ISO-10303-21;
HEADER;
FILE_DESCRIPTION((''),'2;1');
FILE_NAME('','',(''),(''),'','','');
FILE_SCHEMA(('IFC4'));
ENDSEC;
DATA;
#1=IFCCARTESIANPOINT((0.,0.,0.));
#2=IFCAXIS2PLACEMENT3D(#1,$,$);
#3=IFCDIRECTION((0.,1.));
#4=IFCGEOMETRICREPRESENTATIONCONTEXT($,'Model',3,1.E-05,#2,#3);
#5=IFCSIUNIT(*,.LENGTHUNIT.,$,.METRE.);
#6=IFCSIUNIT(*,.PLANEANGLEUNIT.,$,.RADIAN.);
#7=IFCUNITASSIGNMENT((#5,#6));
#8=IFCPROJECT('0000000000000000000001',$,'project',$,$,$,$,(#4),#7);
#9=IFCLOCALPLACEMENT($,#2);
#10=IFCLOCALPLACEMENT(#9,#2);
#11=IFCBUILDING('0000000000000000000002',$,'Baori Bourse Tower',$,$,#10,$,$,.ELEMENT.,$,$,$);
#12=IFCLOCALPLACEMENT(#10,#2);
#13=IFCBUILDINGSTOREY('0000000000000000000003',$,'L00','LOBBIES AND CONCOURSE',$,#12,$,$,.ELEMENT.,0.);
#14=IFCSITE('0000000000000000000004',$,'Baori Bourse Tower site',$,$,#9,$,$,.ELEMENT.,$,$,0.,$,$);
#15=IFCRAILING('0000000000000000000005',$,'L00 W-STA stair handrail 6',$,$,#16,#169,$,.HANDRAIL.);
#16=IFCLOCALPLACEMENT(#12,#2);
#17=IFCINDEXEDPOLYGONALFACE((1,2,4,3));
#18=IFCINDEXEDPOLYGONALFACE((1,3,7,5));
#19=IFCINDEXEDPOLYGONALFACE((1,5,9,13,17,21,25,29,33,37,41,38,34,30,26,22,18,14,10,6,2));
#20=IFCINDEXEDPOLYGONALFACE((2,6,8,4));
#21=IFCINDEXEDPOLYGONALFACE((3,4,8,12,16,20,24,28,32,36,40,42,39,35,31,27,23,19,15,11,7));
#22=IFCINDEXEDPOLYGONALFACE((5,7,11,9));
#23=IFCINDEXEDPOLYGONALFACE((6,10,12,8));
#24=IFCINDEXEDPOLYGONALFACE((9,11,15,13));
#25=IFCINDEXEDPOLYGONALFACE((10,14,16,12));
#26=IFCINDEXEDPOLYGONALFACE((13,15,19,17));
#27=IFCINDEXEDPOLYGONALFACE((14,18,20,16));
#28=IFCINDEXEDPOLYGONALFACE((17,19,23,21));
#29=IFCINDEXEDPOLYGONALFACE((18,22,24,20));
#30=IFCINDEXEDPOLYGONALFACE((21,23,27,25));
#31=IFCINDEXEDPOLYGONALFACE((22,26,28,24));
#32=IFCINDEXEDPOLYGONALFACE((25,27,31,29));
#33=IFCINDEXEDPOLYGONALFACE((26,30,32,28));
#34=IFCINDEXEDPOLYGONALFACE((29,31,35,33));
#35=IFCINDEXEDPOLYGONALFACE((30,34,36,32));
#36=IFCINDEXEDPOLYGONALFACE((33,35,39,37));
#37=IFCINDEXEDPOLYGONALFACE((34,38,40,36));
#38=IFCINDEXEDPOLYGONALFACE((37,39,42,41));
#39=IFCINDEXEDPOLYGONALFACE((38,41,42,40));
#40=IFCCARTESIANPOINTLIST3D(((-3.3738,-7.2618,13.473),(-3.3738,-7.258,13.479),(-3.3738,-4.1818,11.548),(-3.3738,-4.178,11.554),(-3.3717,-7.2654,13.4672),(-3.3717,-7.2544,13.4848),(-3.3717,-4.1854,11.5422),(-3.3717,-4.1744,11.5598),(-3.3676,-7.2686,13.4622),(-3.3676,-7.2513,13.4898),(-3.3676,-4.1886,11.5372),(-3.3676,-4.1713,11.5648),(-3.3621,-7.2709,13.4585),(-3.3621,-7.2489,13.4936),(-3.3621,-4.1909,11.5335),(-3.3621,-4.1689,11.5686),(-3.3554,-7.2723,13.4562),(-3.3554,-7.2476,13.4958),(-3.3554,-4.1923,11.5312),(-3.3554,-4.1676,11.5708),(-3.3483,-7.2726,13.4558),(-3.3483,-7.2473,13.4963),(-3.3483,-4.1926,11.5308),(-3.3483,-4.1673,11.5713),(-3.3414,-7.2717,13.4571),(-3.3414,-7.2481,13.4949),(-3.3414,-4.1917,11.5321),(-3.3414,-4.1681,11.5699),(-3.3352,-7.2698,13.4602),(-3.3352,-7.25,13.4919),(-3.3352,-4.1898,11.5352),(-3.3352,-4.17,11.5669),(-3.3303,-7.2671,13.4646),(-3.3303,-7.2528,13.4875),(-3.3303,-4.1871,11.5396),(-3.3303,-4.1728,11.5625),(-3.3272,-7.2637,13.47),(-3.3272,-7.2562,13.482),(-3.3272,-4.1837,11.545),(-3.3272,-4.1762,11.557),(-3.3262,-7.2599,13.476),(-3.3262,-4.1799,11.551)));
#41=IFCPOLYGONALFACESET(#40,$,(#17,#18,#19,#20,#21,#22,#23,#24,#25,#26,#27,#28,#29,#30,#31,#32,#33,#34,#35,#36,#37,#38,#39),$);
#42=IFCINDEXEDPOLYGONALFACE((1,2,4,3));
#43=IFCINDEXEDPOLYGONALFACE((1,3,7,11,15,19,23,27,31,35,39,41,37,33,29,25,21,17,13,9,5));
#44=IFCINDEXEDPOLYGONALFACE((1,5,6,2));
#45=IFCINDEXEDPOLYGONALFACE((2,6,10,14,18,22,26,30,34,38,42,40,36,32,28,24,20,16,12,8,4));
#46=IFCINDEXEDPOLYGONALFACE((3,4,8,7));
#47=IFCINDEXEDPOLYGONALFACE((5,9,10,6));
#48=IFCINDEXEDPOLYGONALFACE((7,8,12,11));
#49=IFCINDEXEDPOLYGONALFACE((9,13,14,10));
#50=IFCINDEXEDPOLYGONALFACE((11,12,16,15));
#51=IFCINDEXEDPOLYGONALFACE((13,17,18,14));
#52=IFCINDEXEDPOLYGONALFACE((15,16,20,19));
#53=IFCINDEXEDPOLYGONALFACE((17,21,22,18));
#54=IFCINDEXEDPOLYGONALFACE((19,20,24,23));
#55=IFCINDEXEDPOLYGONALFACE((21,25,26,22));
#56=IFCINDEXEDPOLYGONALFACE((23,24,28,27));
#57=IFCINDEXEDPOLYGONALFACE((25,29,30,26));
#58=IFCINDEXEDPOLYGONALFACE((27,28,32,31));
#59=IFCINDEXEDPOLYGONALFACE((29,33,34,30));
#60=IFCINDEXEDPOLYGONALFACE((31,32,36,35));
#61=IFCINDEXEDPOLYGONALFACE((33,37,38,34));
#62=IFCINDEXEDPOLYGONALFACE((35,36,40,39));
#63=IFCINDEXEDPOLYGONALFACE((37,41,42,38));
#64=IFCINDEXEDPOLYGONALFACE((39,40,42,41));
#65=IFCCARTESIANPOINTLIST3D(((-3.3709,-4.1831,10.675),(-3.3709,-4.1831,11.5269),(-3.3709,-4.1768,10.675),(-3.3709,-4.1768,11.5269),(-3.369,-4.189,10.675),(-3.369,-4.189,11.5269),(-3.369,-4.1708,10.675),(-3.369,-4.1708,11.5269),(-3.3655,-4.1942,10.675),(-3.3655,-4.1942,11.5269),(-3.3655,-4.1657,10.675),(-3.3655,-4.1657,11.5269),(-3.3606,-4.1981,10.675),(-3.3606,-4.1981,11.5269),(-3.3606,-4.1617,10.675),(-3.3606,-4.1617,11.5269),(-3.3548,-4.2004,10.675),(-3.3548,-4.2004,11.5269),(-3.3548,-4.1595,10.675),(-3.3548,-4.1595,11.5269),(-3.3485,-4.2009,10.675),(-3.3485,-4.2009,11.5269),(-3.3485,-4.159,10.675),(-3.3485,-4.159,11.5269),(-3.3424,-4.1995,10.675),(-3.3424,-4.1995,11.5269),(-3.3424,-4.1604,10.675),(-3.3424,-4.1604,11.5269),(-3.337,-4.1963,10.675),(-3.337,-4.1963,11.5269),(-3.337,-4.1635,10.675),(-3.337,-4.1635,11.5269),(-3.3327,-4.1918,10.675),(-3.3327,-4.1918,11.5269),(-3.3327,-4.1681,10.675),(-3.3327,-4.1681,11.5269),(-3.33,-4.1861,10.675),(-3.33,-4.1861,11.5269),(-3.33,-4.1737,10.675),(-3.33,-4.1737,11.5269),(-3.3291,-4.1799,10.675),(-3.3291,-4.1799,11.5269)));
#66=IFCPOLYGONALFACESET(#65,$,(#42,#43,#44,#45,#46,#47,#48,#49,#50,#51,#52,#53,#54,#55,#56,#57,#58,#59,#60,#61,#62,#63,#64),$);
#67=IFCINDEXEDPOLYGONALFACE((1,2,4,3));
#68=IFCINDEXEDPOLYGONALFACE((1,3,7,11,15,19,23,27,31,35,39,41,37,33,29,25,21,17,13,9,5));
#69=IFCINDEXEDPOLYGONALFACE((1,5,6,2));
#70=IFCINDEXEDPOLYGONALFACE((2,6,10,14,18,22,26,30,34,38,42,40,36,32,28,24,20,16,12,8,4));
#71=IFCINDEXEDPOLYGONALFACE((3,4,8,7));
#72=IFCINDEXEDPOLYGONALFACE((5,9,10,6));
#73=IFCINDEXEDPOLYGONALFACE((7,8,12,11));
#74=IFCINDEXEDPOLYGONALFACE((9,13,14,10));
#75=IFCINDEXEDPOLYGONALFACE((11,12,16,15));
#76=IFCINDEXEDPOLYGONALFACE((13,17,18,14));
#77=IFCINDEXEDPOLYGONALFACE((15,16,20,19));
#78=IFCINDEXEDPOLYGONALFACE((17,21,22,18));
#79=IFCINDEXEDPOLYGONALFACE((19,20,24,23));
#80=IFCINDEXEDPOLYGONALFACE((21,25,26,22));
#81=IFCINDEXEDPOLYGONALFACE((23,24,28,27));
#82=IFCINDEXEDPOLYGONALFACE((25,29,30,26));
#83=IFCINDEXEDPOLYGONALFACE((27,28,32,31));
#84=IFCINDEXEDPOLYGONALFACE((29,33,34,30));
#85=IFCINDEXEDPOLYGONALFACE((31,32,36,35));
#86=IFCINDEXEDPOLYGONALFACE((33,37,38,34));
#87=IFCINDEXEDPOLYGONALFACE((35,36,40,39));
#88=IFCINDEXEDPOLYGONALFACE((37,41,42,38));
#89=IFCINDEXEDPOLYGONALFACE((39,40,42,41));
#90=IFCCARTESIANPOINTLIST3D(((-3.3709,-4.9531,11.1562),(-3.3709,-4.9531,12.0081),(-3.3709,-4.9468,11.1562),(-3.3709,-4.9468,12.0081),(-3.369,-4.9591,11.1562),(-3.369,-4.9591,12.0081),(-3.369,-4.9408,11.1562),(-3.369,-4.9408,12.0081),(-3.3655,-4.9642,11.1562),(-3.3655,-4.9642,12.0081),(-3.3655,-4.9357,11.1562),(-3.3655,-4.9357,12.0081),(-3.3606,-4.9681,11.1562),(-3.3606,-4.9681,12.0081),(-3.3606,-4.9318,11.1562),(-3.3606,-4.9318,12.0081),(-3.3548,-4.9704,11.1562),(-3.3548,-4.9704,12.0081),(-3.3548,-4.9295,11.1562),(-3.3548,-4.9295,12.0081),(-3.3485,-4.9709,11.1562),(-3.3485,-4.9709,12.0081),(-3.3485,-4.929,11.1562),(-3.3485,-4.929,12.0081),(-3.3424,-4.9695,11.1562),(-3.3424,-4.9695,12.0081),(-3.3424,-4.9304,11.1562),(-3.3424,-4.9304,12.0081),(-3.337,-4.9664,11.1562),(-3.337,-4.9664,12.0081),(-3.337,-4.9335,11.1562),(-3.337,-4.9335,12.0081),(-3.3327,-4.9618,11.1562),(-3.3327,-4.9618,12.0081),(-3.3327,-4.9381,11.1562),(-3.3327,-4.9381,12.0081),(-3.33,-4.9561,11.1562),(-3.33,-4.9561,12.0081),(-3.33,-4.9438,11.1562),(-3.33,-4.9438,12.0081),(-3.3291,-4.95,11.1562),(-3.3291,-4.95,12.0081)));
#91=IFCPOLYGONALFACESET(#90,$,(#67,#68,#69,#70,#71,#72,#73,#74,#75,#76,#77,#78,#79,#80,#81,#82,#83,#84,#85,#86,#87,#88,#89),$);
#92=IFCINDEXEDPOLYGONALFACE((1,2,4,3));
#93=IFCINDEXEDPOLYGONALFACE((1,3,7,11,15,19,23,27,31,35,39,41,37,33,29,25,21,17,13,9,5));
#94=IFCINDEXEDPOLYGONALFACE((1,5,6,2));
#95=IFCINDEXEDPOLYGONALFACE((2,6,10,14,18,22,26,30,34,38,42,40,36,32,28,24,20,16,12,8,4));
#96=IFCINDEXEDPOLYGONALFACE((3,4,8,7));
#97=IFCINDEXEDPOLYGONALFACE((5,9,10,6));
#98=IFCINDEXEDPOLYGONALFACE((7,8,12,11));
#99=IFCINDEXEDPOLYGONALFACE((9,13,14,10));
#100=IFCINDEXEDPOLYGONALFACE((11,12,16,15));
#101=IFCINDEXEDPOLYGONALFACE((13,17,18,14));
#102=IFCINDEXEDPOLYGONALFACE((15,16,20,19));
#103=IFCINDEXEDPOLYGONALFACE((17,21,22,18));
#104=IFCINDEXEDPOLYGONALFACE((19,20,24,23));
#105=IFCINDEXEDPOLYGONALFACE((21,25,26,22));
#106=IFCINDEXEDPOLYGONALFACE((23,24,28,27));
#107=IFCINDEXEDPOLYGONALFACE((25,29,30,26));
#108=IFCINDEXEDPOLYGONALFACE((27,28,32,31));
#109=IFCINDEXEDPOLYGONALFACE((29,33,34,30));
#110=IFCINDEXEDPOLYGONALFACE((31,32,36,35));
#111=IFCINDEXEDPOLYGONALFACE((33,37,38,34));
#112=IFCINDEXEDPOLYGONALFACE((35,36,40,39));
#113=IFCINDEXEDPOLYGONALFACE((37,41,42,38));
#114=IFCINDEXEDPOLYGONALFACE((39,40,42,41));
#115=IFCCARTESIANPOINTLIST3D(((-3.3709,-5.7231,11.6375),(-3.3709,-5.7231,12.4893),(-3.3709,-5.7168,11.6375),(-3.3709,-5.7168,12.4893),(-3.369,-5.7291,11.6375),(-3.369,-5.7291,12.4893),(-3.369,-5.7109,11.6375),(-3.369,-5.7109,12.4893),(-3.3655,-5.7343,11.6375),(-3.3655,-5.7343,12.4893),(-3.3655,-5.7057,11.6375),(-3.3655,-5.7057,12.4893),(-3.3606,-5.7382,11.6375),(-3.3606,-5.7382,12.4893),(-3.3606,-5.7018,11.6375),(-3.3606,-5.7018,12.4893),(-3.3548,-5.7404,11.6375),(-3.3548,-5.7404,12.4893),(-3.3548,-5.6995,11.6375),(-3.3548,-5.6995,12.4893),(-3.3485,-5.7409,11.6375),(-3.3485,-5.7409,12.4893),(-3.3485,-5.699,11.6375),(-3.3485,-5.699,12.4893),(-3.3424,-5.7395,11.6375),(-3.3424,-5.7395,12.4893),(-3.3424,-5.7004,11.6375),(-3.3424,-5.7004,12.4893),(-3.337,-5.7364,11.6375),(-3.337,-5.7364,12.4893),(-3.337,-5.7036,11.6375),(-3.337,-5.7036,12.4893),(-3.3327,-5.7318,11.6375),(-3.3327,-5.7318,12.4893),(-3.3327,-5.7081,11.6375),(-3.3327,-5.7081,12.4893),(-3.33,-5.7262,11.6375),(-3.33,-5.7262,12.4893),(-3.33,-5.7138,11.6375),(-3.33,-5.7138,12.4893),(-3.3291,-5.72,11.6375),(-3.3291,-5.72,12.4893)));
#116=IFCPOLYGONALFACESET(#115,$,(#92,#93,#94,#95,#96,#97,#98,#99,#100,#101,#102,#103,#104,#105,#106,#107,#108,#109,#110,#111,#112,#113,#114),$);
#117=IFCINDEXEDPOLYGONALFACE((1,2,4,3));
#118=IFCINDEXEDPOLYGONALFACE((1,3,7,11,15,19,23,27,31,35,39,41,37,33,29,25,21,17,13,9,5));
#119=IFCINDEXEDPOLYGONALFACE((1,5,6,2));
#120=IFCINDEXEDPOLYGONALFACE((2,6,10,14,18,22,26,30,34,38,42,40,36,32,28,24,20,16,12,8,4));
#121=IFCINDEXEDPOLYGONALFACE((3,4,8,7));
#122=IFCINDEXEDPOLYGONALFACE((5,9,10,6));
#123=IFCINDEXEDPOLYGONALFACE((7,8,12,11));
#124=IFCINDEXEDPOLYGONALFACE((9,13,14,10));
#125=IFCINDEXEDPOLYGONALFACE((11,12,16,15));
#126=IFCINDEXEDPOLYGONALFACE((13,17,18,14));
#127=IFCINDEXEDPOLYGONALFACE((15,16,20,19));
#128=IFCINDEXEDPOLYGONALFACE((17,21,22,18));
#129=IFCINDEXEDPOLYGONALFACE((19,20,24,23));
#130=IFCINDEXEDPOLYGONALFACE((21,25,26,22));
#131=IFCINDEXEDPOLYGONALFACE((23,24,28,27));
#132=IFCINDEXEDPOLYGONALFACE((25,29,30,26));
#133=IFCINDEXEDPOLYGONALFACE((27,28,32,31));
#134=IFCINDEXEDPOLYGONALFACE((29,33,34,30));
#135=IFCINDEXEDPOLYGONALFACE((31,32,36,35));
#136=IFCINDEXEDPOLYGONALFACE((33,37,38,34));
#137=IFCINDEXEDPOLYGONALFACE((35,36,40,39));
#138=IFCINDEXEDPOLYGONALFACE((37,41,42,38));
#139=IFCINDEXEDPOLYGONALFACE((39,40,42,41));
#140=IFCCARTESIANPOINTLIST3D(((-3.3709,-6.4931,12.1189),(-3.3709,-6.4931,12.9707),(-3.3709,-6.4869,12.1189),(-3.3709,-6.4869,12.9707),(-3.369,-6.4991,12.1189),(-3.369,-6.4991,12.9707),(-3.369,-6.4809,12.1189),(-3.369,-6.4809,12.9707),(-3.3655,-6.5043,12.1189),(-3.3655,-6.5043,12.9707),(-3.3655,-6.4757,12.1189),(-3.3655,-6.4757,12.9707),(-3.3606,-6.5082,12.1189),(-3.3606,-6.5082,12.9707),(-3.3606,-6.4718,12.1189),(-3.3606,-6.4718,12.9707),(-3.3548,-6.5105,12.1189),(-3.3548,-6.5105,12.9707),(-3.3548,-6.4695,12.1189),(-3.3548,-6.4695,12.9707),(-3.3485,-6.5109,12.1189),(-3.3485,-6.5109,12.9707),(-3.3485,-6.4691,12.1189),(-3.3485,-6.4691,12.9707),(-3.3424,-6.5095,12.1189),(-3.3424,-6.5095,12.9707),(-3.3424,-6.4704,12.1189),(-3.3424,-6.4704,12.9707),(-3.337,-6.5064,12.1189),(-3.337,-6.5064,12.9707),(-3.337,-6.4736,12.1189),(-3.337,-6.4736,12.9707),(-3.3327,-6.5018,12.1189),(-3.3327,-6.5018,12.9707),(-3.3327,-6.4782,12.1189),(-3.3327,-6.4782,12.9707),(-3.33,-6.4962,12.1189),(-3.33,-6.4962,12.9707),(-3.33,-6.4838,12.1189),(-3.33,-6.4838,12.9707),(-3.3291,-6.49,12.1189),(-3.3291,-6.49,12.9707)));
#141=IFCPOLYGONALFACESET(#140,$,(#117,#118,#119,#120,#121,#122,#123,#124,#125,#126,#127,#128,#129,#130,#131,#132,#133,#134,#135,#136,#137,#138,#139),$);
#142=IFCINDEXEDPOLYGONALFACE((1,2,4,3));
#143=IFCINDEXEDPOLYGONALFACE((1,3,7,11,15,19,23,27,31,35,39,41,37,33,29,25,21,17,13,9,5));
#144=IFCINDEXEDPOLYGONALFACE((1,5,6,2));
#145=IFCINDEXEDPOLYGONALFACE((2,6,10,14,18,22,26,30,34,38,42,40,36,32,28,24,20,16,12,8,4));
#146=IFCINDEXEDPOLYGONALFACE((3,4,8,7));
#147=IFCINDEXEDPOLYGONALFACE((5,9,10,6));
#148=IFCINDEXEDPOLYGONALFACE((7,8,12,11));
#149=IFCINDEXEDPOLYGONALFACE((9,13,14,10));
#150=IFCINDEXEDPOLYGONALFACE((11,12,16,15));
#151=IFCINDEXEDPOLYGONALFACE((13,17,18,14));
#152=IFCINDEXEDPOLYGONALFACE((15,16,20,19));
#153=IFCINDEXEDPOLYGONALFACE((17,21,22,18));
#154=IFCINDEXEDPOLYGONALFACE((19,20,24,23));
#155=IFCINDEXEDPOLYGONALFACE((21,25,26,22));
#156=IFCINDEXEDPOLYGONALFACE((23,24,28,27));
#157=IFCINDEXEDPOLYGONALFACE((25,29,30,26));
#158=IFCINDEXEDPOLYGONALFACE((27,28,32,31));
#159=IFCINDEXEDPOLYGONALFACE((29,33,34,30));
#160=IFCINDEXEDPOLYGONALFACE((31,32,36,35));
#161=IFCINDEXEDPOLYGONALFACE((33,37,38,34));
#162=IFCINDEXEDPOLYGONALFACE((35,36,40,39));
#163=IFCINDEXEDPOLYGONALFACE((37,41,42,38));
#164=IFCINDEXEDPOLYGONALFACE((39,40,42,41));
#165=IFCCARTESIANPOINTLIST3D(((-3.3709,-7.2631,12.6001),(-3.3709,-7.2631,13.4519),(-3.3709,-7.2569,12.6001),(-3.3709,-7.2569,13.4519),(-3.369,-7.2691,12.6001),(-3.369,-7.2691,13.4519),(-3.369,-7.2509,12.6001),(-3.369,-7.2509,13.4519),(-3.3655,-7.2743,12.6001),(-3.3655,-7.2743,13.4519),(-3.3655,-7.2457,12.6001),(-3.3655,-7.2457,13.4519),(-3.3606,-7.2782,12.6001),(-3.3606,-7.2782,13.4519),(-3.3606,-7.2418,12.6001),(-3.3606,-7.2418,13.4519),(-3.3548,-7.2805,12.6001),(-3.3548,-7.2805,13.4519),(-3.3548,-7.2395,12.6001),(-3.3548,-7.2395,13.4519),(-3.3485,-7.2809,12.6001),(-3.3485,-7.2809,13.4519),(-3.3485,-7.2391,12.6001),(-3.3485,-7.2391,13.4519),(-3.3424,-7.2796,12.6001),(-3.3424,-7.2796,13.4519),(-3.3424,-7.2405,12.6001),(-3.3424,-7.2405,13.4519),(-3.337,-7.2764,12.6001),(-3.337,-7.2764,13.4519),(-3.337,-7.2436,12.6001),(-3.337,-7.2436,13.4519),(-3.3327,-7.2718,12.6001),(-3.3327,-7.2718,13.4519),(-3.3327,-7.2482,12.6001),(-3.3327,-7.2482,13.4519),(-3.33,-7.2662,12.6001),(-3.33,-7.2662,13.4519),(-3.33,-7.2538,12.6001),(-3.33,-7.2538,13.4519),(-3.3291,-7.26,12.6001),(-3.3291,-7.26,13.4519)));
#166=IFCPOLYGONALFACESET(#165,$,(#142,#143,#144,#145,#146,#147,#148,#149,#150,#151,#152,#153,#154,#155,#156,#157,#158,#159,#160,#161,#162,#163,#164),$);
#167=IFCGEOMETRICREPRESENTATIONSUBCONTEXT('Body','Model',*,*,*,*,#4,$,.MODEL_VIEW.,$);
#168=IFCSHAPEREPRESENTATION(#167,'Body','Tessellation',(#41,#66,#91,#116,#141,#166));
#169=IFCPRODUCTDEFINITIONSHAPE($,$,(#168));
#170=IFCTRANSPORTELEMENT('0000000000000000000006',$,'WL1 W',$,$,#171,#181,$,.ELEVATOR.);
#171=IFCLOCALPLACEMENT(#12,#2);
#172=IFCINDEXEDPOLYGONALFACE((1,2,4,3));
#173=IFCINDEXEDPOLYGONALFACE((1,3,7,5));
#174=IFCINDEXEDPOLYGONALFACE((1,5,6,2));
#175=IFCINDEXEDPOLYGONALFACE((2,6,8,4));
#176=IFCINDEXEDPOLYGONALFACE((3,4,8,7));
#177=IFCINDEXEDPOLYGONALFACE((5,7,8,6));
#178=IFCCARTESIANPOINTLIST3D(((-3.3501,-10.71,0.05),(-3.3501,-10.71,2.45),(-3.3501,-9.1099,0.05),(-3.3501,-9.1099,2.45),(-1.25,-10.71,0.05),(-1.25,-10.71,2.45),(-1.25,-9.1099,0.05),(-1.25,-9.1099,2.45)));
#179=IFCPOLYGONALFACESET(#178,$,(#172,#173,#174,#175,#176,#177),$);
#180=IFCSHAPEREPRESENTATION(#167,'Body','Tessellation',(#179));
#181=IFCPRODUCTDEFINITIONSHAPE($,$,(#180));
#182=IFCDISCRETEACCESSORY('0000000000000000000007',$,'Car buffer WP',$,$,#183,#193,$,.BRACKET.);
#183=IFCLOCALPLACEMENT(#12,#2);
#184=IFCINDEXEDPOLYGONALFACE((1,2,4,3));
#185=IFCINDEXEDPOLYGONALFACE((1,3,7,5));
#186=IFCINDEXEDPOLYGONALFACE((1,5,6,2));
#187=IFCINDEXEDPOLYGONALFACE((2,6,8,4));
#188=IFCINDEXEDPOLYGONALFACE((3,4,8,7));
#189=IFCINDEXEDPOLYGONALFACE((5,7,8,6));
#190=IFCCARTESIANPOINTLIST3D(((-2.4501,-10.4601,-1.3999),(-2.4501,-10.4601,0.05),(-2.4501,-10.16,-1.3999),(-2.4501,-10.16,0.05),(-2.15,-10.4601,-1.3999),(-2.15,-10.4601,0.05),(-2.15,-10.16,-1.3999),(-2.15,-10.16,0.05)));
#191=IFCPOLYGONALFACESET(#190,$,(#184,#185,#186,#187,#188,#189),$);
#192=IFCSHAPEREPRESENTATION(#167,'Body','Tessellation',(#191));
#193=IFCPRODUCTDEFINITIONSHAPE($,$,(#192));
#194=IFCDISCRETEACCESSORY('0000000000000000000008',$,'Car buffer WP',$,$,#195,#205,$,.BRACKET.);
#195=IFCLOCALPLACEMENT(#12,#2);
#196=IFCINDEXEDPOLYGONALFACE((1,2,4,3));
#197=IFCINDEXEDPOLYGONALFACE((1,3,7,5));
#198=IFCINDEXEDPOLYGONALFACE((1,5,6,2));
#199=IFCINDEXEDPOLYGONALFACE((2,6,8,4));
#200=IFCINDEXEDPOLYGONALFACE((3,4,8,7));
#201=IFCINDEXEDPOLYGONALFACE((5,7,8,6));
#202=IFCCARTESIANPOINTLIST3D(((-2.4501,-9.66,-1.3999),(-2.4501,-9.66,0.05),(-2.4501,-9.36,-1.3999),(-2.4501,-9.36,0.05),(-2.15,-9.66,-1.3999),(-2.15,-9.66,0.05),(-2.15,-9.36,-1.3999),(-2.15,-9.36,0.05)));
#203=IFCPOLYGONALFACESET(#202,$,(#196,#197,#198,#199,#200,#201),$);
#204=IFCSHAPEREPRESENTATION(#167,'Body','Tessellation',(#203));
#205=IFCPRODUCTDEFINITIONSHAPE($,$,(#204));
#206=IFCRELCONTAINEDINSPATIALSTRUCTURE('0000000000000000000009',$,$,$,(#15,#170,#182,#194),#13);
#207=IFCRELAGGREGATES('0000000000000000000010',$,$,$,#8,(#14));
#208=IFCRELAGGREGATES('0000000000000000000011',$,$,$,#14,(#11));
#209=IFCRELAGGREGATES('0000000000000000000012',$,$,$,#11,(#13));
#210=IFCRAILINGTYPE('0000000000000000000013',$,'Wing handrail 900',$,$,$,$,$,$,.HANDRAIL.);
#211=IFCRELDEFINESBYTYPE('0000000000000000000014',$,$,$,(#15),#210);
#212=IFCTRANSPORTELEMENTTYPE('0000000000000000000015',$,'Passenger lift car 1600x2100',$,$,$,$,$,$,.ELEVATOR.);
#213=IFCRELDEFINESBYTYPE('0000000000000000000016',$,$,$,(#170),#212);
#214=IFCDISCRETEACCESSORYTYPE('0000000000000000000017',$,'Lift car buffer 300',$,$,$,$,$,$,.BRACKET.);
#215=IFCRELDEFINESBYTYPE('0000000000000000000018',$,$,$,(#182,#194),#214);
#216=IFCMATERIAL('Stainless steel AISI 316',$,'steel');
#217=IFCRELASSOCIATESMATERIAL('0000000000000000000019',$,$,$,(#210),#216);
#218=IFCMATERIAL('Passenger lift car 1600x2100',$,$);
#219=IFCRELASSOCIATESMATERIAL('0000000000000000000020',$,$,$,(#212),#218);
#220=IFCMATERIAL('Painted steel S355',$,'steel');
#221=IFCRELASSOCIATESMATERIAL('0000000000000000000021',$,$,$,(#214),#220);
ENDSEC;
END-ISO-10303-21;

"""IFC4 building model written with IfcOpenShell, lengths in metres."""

from ifc_helpers import new_model, si_unit, direction, frame, origin, origin_2d, place, context, subcontext, project, spatial, rectangle, circle, extrude, material, type_object, element, save


model = new_model("IFC4")

# Units and contexts
model_context = context("Model", 3, precision=1e-05, world=origin(), true_north=direction((0.0, 1.0)))
body_context = subcontext(model_context, "Body", "Model", "MODEL_VIEW")
ifc_project = project(units=[si_unit("LENGTHUNIT", "METRE"), si_unit("PLANEANGLEUNIT", "RADIAN")], contexts=[model_context])

# Site, building, storey
site_placement = place(None, origin())
site = spatial("IfcSite", under=ifc_project, at=site_placement, Name="Baori Bourse Tower site", CompositionType="ELEMENT", RefElevation=0.0)
building_placement = place(site_placement, origin())
building = spatial("IfcBuilding", under=site, at=building_placement, Name="Baori Bourse Tower", CompositionType="ELEMENT")
storey_placement = place(building_placement, origin())
storey = spatial("IfcBuildingStorey", under=building, at=storey_placement, Name="L00", Description="LOBBIES AND CONCOURSE", CompositionType="ELEMENT", Elevation=0.0)

# Railing
ifc_material_1 = material(Name="Stainless steel AISI 316", Category="steel")
railing_type_1 = type_object("IfcRailingType", Name="Wing handrail 900", PredefinedType="HANDRAIL", material=ifc_material_1)
railing_1_placement = place(storey_placement, frame((-3.3501, -4.1799, 10.675)))
element("IfcRailing", 1, at=railing_1_placement, inside=storey, type_object=railing_type_1, Name="L00 W-STA stair handrail 6", PredefinedType="HANDRAIL", context=body_context, shape_type="SweptSolid", body=[
    extrude(circle(Radius=0.0239, at=origin_2d()), frame((0.0, 0.0, 0.876), z_axis=(0.0, -0.847998, 0.529999), x_axis=(1.0, 0.0, 0.0)), (0.0, 0.0, 1.0), 3.6321),
    extrude(circle(Radius=0.021, at=origin_2d()), origin(), (0.0, 0.0, 1.0), 0.8518),
    extrude(circle(Radius=0.021, at=origin_2d()), frame((0.0, -0.77, 0.4812)), (0.0, 0.0, 1.0), 0.8518),
    extrude(circle(Radius=0.021, at=origin_2d()), frame((0.0, -1.54, 0.9624)), (0.0, 0.0, 1.0), 0.8518),
    extrude(circle(Radius=0.021, at=origin_2d()), frame((0.0, -2.3101, 1.4438)), (0.0, 0.0, 1.0), 0.8518),
    extrude(circle(Radius=0.021, at=origin_2d()), frame((0.0, -3.0801, 1.925)), (0.0, 0.0, 1.0), 0.8518),
])

# Transport element
ifc_material_2 = material(Name="Passenger lift car 1600x2100")
transport_element_type = type_object("IfcTransportElementType", Name="Passenger lift car 1600x2100", PredefinedType="ELEVATOR", material=ifc_material_2)
transport_element_placement = place(storey_placement, frame((-2.3, -9.9099, 0.05), z_axis=(0.0, 0.0, 1.0), x_axis=(1.0, 0.0, 0.0)))
element("IfcTransportElement", 2, at=transport_element_placement, inside=storey, type_object=transport_element_type, Name="WL1 W", PredefinedType="ELEVATOR", context=body_context, shape_type="SweptSolid", body=[
    extrude(rectangle(XDim=2.1001, YDim=1.6001, at=origin_2d()), origin(), (0.0, 0.0, 1.0), 2.3999),
])

# Discrete accessories
ifc_material_3 = material(Name="Painted steel S355", Category="steel")
discrete_accessory_type = type_object("IfcDiscreteAccessoryType", Name="Lift car buffer 300", PredefinedType="BRACKET", material=ifc_material_3)
for number, where, z_axis, x_axis, name in (
    (3, (-2.3, -10.3101, -1.3999), (0.0, 0.0, 1.0), (1.0, 0.0, 0.0), "Car buffer WP"),
    (4, (-2.3, -9.51, -1.3999), (0.0, 0.0, 1.0), (1.0, 0.0, 0.0), "Car buffer WP"),
):
    element("IfcDiscreteAccessory", number, at=place(storey_placement, frame(where, z_axis=z_axis, x_axis=x_axis)), inside=storey, type_object=discrete_accessory_type, Name=name, PredefinedType="BRACKET", context=body_context, shape_type="SweptSolid", body=[
        extrude(rectangle(XDim=0.3, YDim=0.3, at=origin_2d()), origin(), (0.0, 0.0, 1.0), 1.45),
    ])

save(model, "model.ifc")
